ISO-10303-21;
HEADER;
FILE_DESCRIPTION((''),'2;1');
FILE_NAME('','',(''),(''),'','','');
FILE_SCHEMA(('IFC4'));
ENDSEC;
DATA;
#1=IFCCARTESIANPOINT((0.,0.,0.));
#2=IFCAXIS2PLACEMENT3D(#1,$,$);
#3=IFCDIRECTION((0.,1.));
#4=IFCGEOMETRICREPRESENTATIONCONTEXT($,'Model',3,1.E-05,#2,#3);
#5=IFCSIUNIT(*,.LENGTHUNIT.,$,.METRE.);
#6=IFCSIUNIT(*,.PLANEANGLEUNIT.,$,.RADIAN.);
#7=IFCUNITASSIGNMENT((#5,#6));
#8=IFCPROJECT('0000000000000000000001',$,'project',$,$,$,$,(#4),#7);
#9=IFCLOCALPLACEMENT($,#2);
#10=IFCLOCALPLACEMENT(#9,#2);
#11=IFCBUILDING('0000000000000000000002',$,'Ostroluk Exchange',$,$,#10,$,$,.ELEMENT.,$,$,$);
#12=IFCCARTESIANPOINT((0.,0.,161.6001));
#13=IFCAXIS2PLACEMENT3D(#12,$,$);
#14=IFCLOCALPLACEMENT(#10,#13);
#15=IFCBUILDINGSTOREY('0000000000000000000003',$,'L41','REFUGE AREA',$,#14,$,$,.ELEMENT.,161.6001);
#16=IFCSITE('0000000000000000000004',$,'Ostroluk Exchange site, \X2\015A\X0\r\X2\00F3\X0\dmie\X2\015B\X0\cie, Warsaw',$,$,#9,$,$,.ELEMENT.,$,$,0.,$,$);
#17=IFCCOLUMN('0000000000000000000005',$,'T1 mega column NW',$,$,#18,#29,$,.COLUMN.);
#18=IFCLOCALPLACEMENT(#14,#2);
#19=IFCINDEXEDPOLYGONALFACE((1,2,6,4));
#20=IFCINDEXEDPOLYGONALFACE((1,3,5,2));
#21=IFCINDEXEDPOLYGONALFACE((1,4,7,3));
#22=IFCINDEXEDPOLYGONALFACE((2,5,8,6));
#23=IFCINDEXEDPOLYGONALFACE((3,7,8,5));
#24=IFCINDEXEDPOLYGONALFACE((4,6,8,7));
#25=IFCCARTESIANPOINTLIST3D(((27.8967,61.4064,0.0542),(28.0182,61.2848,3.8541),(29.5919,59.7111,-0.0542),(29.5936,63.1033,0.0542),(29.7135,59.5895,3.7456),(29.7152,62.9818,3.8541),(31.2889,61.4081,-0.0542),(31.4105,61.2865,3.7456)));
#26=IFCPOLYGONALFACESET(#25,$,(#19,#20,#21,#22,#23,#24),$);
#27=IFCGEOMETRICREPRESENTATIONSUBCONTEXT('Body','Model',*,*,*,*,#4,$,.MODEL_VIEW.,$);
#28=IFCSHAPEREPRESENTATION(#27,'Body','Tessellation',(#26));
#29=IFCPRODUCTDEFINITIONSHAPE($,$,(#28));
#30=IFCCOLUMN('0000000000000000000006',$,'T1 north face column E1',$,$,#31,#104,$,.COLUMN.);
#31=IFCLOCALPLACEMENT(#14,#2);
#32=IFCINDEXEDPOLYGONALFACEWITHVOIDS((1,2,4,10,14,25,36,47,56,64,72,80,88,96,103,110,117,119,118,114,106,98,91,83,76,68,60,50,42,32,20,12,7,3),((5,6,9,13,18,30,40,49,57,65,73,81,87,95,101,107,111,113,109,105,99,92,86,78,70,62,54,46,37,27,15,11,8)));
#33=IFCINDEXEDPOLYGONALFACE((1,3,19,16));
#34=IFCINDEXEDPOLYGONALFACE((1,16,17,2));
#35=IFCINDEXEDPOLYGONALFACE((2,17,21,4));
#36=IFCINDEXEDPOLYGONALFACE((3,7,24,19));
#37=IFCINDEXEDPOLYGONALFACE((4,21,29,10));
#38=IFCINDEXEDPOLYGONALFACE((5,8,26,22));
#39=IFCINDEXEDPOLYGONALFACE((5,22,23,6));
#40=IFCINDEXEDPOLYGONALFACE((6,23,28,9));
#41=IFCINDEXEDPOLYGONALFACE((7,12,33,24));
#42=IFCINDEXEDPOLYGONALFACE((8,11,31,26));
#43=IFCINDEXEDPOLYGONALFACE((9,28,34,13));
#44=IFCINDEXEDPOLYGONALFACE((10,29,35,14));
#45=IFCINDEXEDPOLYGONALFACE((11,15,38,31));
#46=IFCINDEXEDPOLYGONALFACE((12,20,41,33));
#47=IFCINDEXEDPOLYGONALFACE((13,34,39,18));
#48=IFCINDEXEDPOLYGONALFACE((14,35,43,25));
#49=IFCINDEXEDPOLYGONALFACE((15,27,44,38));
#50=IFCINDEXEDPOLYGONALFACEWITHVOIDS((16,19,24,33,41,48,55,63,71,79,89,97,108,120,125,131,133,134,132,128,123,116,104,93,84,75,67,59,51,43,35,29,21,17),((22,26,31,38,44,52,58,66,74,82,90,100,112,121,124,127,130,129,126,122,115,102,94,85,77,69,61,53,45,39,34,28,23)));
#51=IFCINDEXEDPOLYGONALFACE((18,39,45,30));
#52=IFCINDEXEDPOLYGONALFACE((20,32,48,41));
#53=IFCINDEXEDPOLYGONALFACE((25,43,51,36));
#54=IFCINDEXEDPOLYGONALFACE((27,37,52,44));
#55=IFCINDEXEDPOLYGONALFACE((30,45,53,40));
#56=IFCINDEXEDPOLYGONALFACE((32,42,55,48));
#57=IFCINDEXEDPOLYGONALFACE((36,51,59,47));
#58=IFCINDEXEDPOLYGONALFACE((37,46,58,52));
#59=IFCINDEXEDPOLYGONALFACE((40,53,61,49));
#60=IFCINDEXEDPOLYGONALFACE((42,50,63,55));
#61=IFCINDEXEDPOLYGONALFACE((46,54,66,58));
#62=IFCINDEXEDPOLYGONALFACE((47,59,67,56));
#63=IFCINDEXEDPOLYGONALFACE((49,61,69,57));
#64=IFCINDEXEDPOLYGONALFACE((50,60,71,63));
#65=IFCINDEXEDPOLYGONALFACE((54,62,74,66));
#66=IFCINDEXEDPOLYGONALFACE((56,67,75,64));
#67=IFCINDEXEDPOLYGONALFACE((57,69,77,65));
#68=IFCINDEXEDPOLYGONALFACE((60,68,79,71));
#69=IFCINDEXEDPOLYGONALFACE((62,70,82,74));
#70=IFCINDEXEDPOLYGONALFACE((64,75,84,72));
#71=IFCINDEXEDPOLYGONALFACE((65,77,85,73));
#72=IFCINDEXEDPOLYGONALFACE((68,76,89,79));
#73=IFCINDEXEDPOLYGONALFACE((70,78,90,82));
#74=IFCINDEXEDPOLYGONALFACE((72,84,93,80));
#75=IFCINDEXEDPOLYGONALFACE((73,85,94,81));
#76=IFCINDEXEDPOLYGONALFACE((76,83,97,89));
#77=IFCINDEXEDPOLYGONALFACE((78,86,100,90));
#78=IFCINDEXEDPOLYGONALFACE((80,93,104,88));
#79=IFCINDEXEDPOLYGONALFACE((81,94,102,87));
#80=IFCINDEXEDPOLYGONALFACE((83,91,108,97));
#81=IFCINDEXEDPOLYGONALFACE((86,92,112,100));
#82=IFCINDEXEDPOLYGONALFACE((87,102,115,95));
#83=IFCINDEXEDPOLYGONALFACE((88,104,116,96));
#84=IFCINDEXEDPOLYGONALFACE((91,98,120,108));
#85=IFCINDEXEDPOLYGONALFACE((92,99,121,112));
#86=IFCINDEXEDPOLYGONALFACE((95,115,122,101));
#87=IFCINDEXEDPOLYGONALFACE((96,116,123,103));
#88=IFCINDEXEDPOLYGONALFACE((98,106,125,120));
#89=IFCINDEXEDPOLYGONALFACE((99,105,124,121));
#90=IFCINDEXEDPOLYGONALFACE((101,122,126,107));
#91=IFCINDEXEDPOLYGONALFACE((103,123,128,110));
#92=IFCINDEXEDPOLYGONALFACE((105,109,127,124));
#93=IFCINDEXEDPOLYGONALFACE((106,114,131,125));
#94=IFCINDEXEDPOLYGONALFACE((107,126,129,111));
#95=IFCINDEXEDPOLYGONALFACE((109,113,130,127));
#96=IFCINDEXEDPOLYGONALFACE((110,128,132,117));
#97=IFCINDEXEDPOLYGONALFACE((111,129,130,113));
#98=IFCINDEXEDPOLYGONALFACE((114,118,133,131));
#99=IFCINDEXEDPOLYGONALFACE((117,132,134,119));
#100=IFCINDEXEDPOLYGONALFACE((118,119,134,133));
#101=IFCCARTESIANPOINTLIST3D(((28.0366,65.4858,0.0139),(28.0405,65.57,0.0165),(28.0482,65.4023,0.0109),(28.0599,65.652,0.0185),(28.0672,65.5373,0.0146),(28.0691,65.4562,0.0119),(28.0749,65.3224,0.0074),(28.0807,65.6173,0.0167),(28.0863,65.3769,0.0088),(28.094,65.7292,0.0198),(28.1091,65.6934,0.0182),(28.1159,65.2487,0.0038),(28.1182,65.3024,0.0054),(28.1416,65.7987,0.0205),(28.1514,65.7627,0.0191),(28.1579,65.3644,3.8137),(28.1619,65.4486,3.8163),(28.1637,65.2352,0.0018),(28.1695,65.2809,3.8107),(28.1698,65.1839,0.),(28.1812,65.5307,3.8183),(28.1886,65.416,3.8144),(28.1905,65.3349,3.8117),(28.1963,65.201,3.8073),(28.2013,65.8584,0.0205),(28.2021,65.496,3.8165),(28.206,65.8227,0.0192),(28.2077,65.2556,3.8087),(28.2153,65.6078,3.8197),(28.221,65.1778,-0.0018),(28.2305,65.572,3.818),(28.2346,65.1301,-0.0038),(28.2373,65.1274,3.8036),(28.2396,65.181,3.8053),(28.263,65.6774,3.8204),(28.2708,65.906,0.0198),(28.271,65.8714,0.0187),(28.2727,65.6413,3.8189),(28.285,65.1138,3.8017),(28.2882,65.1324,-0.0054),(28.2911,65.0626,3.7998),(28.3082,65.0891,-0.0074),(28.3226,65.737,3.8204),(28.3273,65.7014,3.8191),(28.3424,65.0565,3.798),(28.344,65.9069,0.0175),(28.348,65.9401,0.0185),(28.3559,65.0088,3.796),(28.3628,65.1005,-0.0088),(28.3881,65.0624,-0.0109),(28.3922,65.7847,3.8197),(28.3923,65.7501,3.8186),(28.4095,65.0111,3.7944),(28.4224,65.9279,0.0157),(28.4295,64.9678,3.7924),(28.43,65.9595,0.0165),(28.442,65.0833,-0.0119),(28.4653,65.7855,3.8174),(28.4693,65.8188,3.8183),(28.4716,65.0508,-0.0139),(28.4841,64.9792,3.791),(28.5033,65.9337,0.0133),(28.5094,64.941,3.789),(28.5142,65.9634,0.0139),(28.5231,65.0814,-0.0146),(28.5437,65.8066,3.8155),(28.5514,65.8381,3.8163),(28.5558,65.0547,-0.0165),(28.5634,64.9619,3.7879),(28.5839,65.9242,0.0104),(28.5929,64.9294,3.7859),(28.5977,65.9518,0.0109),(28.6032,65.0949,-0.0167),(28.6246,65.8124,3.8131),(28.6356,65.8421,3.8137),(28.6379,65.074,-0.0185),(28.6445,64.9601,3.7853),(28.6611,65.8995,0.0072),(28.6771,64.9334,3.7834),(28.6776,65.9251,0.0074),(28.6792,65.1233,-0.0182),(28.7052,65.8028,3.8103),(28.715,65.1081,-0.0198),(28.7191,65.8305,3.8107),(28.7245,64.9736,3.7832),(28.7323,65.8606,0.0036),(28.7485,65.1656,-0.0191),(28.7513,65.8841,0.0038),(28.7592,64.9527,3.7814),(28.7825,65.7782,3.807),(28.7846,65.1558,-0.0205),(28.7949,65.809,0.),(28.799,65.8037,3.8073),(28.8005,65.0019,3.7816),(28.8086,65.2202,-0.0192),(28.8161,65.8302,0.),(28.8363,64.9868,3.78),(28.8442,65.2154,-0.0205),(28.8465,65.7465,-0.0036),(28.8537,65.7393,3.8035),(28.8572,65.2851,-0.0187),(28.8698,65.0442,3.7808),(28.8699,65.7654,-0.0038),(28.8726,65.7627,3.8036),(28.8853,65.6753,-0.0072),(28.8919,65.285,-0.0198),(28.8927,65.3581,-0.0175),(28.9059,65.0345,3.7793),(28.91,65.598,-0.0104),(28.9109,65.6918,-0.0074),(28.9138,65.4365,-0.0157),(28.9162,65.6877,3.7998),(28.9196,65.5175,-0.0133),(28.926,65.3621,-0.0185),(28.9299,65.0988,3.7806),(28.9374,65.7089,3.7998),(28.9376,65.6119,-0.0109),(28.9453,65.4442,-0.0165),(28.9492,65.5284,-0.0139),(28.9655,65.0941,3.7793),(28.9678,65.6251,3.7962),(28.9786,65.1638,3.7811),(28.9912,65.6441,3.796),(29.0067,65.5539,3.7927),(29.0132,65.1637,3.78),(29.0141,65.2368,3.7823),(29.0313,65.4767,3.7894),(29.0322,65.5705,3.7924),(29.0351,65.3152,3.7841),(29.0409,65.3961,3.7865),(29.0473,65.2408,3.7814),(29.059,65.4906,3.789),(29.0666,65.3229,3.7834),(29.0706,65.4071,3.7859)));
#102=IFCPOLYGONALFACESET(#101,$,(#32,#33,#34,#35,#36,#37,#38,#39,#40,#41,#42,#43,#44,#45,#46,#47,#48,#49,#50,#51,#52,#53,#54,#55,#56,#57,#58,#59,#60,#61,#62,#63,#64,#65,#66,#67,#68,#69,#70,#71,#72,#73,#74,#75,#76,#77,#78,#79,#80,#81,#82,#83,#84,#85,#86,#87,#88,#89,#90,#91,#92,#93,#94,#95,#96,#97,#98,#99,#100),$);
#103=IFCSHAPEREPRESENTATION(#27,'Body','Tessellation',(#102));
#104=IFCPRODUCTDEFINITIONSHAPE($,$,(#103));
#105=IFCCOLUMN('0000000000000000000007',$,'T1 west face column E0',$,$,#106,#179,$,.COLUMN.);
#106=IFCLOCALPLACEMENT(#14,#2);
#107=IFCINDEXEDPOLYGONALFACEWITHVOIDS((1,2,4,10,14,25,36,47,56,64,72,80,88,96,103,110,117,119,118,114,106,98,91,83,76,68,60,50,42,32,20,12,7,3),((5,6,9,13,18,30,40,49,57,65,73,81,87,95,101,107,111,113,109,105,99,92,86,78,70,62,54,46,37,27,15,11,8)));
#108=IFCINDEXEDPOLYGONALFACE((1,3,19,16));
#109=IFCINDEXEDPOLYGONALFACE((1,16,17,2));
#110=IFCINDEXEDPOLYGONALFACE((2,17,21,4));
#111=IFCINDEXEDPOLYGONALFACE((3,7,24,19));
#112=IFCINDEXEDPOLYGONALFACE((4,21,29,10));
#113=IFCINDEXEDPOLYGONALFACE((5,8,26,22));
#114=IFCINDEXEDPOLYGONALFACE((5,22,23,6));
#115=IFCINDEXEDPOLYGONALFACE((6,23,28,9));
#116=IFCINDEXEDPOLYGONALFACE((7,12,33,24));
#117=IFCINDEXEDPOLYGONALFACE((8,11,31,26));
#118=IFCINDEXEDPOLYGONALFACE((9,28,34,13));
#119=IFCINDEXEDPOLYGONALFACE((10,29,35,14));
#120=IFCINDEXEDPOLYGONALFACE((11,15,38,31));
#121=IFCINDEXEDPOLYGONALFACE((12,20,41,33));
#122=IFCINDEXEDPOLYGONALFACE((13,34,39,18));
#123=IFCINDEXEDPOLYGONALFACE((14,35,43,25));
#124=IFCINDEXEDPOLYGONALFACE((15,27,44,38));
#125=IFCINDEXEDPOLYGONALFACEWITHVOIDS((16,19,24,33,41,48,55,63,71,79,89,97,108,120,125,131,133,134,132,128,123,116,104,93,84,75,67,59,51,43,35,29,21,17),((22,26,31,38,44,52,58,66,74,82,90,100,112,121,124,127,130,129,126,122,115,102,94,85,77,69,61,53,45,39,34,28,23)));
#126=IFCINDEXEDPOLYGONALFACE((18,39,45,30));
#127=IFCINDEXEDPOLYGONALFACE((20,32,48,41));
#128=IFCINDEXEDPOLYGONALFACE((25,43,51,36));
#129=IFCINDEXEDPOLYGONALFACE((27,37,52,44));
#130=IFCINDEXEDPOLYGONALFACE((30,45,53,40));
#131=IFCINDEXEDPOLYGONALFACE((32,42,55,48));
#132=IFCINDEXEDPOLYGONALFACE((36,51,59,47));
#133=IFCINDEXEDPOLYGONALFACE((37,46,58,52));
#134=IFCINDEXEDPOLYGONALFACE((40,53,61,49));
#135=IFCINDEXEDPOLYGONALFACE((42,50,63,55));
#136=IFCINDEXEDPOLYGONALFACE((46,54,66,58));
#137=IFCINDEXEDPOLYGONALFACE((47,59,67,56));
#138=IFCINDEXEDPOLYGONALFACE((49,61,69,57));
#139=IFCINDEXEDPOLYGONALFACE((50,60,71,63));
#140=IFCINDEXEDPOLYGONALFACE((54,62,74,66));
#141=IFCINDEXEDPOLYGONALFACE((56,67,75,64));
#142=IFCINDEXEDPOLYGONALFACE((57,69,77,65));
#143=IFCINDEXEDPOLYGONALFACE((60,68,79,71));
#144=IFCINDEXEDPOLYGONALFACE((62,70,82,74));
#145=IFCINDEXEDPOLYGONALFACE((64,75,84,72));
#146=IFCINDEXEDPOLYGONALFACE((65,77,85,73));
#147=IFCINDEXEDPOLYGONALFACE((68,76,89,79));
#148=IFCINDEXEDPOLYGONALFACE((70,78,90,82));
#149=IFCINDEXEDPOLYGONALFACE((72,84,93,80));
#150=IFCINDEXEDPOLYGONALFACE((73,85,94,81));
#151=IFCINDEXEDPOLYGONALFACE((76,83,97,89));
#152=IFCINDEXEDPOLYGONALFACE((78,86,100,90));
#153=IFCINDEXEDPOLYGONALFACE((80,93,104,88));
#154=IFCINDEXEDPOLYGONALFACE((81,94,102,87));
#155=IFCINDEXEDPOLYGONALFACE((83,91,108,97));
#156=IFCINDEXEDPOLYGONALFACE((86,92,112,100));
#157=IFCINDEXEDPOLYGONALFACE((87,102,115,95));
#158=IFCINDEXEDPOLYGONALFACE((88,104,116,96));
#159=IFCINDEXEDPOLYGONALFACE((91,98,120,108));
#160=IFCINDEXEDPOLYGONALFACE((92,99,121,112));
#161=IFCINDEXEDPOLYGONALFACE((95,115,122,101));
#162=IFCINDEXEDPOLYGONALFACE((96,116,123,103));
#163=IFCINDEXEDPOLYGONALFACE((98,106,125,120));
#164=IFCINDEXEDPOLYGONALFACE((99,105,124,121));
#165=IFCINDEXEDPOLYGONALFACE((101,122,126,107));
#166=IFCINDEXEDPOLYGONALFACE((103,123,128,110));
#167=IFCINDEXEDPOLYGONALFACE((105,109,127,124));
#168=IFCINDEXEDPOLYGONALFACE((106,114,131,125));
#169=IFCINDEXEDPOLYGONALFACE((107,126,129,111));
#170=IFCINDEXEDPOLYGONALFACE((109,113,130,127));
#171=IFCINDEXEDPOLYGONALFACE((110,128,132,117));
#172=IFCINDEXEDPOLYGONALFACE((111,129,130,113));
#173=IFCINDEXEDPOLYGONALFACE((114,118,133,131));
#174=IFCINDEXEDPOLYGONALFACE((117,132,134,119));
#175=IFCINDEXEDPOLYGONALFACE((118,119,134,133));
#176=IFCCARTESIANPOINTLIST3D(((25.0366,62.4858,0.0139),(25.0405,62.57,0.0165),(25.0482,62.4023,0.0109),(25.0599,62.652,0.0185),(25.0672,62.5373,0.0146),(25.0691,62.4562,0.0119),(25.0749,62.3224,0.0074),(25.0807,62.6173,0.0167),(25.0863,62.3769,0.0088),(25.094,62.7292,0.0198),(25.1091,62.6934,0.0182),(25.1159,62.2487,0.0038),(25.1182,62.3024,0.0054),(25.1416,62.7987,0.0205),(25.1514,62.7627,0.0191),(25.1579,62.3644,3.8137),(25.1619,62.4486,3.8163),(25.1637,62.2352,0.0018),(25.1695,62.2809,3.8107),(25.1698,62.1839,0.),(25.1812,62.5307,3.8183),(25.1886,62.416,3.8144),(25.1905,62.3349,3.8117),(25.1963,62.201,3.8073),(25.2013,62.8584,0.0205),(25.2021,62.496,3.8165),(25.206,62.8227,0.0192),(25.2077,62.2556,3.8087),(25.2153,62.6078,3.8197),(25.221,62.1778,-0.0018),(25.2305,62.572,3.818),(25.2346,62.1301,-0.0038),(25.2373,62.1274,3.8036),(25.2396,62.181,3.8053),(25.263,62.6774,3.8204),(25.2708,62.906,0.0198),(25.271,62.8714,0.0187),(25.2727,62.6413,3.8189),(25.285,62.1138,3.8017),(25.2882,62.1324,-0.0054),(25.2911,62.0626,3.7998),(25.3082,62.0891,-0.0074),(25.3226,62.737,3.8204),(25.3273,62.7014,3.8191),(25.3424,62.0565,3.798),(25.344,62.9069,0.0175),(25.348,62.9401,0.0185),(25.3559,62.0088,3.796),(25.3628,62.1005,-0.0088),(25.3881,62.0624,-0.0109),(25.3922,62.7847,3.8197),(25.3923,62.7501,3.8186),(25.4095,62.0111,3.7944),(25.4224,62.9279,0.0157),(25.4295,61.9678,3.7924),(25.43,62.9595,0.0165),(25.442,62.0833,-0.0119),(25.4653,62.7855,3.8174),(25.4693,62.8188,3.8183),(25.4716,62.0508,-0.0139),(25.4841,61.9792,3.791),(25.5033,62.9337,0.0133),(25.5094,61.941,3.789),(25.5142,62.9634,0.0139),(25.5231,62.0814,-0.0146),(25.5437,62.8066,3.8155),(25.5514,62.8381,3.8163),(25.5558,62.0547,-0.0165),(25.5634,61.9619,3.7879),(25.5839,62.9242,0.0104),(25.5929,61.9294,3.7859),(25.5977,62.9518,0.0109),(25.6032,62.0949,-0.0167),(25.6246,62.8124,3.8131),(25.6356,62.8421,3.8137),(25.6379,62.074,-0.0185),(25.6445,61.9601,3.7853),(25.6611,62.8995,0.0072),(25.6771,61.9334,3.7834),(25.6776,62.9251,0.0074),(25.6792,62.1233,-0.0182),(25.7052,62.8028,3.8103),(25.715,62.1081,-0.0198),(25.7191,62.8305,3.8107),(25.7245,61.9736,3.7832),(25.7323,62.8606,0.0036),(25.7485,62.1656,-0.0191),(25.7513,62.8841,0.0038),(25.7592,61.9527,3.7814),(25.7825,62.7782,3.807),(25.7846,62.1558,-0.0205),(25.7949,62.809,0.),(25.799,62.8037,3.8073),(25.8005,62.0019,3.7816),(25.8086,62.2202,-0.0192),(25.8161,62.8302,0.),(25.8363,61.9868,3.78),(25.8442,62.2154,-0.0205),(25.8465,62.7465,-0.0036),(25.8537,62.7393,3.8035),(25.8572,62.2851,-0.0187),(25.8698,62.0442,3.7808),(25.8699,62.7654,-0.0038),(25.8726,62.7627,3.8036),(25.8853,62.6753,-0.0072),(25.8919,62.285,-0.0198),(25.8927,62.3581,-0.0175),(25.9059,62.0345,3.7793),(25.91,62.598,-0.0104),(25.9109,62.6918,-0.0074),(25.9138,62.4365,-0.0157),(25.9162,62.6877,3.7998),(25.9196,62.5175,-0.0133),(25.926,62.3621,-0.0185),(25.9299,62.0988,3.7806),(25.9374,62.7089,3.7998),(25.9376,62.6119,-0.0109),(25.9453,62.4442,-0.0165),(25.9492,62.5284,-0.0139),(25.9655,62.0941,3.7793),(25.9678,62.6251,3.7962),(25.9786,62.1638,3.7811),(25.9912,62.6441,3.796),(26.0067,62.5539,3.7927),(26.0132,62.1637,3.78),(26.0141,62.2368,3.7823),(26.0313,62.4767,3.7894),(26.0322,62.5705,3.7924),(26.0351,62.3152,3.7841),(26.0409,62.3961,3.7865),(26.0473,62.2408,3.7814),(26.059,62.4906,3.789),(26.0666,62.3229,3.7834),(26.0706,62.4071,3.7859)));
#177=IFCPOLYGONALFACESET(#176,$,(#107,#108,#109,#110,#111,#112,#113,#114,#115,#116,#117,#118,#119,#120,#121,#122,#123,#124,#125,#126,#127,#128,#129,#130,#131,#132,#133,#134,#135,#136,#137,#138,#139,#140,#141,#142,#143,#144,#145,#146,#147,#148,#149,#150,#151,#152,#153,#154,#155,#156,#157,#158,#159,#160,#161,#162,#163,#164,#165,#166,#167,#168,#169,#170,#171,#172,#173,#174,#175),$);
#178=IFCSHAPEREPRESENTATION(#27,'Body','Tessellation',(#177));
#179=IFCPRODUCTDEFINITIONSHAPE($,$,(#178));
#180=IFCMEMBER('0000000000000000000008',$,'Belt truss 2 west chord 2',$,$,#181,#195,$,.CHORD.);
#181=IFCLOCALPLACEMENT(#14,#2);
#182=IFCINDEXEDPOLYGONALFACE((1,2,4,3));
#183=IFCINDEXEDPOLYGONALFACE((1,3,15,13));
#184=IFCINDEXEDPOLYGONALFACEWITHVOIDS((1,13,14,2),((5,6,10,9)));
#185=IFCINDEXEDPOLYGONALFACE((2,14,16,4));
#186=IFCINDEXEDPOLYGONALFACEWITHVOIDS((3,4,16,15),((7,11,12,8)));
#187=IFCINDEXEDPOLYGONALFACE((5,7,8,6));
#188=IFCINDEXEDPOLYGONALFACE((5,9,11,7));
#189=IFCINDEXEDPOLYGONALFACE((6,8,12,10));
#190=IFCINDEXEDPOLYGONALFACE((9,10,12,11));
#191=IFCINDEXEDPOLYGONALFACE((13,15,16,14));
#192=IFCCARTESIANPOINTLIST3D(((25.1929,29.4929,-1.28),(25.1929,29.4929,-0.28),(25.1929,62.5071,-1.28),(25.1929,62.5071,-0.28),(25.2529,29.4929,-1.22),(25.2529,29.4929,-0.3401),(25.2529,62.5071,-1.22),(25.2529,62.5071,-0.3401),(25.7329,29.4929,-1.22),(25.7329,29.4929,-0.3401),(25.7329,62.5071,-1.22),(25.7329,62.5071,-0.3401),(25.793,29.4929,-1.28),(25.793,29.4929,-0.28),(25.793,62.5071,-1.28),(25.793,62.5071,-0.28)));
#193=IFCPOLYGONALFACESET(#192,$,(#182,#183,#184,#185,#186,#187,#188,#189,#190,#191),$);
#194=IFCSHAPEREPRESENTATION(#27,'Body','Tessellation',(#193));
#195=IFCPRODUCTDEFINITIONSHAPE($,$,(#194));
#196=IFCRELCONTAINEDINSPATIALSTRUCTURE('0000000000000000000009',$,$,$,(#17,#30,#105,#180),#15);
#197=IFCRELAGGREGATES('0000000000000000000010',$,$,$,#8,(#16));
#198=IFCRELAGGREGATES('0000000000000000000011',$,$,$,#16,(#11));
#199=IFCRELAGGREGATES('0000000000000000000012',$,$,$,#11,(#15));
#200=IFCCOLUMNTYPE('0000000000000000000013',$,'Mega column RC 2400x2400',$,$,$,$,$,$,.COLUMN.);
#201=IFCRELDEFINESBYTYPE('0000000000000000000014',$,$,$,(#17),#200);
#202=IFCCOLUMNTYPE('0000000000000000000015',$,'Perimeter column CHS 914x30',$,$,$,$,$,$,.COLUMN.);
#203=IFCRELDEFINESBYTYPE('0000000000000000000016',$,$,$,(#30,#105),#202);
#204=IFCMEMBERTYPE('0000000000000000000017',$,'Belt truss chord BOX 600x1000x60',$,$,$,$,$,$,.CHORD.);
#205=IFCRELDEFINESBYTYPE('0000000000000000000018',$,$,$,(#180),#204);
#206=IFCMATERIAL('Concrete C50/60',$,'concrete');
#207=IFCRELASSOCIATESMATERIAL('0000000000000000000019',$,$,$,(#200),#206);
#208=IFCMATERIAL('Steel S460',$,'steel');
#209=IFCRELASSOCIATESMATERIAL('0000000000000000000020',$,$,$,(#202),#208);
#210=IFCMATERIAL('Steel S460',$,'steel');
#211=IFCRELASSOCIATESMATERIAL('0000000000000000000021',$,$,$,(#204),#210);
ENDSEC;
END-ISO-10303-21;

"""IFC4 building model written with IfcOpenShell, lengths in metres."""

from ifc_helpers import new_model, si_unit, direction, frame, origin, origin_2d, place, context, subcontext, project, spatial, rectangle, hollow_rectangle, hollow_circle, extrude, material, material_profile, profile_set, type_object, element, save


model = new_model("IFC4")

# Units and contexts
model_context = context("Model", 3, precision=1e-05, world=origin(), true_north=direction((0.0, 1.0)))
body_context = subcontext(model_context, "Body", "Model", "MODEL_VIEW")
ifc_project = project(units=[si_unit("LENGTHUNIT", "METRE"), si_unit("PLANEANGLEUNIT", "RADIAN")], contexts=[model_context])

# Site, building, storey
site_placement = place(None, origin())
site = spatial("IfcSite", under=ifc_project, at=site_placement, Name="Ostroluk Exchange site, Śródmieście, Warsaw", CompositionType="ELEMENT", RefElevation=0.0)
building_placement = place(site_placement, origin())
building = spatial("IfcBuilding", under=site, at=building_placement, Name="Ostroluk Exchange", CompositionType="ELEMENT")
storey_placement = place(building_placement, frame((0.0, 0.0, 161.6001)))
storey = spatial("IfcBuildingStorey", under=building, at=storey_placement, Name="L41", Description="REFUGE AREA", CompositionType="ELEMENT", Elevation=161.6001)

# Columns
ifc_material_1 = material(Name="Concrete C50/60", Category="concrete")
ifc_material_profile_1 = material_profile(ifc_material_1, rectangle(XDim=2.3999, YDim=2.3999, at=origin_2d()), Name="RC 2400x2400")
ifc_profile_set_1 = profile_set([ifc_material_profile_1], Name="Concrete C50/60")
column_type_1 = type_object("IfcColumnType", Name="Mega column RC 2400x2400", PredefinedType="COLUMN", material=ifc_profile_set_1)
column_placement = place(storey_placement, frame((29.5928, 61.4072, 0.0), z_axis=(0.031964, -0.031964, 0.998978), x_axis=(0.707107, 0.707107, 0.0)))
element("IfcColumn", 1, at=column_placement, inside=storey, type_object=column_type_1, Name="T1 mega column NW", PredefinedType="COLUMN", context=body_context, shape_type="SweptSolid", body=[
    extrude(rectangle(XDim=2.3999, YDim=2.3999, at=origin_2d()), origin(), (0.0, 0.0, 1.0), 3.8037),
])
ifc_material_2 = material(Name="Steel S460", Category="steel")
ifc_material_profile_2 = material_profile(ifc_material_2, hollow_circle(Radius=0.457, WallThickness=0.03, at=origin_2d()), Name="CHS 914x30")
ifc_profile_set_2 = profile_set([ifc_material_profile_2], Name="Steel S460")
column_type_2 = type_object("IfcColumnType", Name="Perimeter column CHS 914x30", PredefinedType="COLUMN", material=ifc_profile_set_2)
for number, where, z_axis, x_axis, name in (
    (2, (28.4929, 65.5071, 0.0), (0.0319, -0.0319, 0.998982), (0.707107, 0.707107, 0.0), "T1 north face column E1"),
    (3, (25.4929, 62.5071, 0.0), (0.0319, -0.0319, 0.998982), (0.707107, 0.707107, 0.0), "T1 west face column E0"),
):
    element("IfcColumn", number, at=place(storey_placement, frame(where, z_axis=z_axis, x_axis=x_axis)), inside=storey, type_object=column_type_2, Name=name, PredefinedType="COLUMN", context=body_context, shape_type="SweptSolid", body=[
        extrude(hollow_circle(Radius=0.457, WallThickness=0.03, at=origin_2d()), origin(), (0.0, 0.0, 1.0), 3.8037),
    ])

# Member
ifc_material_3 = material(Name="Steel S460", Category="steel")
ifc_material_profile_3 = material_profile(ifc_material_3, hollow_rectangle(XDim=0.6001, YDim=1.0, WallThickness=0.0601, at=origin_2d()), Name="BOX 600x1000x60")
ifc_profile_set_3 = profile_set([ifc_material_profile_3], Name="Steel S460")
member_type_1 = type_object("IfcMemberType", Name="Belt truss chord BOX 600x1000x60", PredefinedType="CHORD", material=ifc_profile_set_3)
member_1_placement = place(storey_placement, frame((25.4929, 62.5071, -0.78), z_axis=(0.0, -1.0, 0.0), x_axis=(1.0, 0.0, 0.0)))
element("IfcMember", 4, at=member_1_placement, inside=storey, type_object=member_type_1, Name="Belt truss 2 west chord 2", PredefinedType="CHORD", context=body_context, shape_type="SweptSolid", body=[
    extrude(hollow_rectangle(XDim=0.6001, YDim=1.0, WallThickness=0.0601, at=origin_2d()), origin(), (0.0, 0.0, 1.0), 33.0142),
])

save(model, "model.ifc")
